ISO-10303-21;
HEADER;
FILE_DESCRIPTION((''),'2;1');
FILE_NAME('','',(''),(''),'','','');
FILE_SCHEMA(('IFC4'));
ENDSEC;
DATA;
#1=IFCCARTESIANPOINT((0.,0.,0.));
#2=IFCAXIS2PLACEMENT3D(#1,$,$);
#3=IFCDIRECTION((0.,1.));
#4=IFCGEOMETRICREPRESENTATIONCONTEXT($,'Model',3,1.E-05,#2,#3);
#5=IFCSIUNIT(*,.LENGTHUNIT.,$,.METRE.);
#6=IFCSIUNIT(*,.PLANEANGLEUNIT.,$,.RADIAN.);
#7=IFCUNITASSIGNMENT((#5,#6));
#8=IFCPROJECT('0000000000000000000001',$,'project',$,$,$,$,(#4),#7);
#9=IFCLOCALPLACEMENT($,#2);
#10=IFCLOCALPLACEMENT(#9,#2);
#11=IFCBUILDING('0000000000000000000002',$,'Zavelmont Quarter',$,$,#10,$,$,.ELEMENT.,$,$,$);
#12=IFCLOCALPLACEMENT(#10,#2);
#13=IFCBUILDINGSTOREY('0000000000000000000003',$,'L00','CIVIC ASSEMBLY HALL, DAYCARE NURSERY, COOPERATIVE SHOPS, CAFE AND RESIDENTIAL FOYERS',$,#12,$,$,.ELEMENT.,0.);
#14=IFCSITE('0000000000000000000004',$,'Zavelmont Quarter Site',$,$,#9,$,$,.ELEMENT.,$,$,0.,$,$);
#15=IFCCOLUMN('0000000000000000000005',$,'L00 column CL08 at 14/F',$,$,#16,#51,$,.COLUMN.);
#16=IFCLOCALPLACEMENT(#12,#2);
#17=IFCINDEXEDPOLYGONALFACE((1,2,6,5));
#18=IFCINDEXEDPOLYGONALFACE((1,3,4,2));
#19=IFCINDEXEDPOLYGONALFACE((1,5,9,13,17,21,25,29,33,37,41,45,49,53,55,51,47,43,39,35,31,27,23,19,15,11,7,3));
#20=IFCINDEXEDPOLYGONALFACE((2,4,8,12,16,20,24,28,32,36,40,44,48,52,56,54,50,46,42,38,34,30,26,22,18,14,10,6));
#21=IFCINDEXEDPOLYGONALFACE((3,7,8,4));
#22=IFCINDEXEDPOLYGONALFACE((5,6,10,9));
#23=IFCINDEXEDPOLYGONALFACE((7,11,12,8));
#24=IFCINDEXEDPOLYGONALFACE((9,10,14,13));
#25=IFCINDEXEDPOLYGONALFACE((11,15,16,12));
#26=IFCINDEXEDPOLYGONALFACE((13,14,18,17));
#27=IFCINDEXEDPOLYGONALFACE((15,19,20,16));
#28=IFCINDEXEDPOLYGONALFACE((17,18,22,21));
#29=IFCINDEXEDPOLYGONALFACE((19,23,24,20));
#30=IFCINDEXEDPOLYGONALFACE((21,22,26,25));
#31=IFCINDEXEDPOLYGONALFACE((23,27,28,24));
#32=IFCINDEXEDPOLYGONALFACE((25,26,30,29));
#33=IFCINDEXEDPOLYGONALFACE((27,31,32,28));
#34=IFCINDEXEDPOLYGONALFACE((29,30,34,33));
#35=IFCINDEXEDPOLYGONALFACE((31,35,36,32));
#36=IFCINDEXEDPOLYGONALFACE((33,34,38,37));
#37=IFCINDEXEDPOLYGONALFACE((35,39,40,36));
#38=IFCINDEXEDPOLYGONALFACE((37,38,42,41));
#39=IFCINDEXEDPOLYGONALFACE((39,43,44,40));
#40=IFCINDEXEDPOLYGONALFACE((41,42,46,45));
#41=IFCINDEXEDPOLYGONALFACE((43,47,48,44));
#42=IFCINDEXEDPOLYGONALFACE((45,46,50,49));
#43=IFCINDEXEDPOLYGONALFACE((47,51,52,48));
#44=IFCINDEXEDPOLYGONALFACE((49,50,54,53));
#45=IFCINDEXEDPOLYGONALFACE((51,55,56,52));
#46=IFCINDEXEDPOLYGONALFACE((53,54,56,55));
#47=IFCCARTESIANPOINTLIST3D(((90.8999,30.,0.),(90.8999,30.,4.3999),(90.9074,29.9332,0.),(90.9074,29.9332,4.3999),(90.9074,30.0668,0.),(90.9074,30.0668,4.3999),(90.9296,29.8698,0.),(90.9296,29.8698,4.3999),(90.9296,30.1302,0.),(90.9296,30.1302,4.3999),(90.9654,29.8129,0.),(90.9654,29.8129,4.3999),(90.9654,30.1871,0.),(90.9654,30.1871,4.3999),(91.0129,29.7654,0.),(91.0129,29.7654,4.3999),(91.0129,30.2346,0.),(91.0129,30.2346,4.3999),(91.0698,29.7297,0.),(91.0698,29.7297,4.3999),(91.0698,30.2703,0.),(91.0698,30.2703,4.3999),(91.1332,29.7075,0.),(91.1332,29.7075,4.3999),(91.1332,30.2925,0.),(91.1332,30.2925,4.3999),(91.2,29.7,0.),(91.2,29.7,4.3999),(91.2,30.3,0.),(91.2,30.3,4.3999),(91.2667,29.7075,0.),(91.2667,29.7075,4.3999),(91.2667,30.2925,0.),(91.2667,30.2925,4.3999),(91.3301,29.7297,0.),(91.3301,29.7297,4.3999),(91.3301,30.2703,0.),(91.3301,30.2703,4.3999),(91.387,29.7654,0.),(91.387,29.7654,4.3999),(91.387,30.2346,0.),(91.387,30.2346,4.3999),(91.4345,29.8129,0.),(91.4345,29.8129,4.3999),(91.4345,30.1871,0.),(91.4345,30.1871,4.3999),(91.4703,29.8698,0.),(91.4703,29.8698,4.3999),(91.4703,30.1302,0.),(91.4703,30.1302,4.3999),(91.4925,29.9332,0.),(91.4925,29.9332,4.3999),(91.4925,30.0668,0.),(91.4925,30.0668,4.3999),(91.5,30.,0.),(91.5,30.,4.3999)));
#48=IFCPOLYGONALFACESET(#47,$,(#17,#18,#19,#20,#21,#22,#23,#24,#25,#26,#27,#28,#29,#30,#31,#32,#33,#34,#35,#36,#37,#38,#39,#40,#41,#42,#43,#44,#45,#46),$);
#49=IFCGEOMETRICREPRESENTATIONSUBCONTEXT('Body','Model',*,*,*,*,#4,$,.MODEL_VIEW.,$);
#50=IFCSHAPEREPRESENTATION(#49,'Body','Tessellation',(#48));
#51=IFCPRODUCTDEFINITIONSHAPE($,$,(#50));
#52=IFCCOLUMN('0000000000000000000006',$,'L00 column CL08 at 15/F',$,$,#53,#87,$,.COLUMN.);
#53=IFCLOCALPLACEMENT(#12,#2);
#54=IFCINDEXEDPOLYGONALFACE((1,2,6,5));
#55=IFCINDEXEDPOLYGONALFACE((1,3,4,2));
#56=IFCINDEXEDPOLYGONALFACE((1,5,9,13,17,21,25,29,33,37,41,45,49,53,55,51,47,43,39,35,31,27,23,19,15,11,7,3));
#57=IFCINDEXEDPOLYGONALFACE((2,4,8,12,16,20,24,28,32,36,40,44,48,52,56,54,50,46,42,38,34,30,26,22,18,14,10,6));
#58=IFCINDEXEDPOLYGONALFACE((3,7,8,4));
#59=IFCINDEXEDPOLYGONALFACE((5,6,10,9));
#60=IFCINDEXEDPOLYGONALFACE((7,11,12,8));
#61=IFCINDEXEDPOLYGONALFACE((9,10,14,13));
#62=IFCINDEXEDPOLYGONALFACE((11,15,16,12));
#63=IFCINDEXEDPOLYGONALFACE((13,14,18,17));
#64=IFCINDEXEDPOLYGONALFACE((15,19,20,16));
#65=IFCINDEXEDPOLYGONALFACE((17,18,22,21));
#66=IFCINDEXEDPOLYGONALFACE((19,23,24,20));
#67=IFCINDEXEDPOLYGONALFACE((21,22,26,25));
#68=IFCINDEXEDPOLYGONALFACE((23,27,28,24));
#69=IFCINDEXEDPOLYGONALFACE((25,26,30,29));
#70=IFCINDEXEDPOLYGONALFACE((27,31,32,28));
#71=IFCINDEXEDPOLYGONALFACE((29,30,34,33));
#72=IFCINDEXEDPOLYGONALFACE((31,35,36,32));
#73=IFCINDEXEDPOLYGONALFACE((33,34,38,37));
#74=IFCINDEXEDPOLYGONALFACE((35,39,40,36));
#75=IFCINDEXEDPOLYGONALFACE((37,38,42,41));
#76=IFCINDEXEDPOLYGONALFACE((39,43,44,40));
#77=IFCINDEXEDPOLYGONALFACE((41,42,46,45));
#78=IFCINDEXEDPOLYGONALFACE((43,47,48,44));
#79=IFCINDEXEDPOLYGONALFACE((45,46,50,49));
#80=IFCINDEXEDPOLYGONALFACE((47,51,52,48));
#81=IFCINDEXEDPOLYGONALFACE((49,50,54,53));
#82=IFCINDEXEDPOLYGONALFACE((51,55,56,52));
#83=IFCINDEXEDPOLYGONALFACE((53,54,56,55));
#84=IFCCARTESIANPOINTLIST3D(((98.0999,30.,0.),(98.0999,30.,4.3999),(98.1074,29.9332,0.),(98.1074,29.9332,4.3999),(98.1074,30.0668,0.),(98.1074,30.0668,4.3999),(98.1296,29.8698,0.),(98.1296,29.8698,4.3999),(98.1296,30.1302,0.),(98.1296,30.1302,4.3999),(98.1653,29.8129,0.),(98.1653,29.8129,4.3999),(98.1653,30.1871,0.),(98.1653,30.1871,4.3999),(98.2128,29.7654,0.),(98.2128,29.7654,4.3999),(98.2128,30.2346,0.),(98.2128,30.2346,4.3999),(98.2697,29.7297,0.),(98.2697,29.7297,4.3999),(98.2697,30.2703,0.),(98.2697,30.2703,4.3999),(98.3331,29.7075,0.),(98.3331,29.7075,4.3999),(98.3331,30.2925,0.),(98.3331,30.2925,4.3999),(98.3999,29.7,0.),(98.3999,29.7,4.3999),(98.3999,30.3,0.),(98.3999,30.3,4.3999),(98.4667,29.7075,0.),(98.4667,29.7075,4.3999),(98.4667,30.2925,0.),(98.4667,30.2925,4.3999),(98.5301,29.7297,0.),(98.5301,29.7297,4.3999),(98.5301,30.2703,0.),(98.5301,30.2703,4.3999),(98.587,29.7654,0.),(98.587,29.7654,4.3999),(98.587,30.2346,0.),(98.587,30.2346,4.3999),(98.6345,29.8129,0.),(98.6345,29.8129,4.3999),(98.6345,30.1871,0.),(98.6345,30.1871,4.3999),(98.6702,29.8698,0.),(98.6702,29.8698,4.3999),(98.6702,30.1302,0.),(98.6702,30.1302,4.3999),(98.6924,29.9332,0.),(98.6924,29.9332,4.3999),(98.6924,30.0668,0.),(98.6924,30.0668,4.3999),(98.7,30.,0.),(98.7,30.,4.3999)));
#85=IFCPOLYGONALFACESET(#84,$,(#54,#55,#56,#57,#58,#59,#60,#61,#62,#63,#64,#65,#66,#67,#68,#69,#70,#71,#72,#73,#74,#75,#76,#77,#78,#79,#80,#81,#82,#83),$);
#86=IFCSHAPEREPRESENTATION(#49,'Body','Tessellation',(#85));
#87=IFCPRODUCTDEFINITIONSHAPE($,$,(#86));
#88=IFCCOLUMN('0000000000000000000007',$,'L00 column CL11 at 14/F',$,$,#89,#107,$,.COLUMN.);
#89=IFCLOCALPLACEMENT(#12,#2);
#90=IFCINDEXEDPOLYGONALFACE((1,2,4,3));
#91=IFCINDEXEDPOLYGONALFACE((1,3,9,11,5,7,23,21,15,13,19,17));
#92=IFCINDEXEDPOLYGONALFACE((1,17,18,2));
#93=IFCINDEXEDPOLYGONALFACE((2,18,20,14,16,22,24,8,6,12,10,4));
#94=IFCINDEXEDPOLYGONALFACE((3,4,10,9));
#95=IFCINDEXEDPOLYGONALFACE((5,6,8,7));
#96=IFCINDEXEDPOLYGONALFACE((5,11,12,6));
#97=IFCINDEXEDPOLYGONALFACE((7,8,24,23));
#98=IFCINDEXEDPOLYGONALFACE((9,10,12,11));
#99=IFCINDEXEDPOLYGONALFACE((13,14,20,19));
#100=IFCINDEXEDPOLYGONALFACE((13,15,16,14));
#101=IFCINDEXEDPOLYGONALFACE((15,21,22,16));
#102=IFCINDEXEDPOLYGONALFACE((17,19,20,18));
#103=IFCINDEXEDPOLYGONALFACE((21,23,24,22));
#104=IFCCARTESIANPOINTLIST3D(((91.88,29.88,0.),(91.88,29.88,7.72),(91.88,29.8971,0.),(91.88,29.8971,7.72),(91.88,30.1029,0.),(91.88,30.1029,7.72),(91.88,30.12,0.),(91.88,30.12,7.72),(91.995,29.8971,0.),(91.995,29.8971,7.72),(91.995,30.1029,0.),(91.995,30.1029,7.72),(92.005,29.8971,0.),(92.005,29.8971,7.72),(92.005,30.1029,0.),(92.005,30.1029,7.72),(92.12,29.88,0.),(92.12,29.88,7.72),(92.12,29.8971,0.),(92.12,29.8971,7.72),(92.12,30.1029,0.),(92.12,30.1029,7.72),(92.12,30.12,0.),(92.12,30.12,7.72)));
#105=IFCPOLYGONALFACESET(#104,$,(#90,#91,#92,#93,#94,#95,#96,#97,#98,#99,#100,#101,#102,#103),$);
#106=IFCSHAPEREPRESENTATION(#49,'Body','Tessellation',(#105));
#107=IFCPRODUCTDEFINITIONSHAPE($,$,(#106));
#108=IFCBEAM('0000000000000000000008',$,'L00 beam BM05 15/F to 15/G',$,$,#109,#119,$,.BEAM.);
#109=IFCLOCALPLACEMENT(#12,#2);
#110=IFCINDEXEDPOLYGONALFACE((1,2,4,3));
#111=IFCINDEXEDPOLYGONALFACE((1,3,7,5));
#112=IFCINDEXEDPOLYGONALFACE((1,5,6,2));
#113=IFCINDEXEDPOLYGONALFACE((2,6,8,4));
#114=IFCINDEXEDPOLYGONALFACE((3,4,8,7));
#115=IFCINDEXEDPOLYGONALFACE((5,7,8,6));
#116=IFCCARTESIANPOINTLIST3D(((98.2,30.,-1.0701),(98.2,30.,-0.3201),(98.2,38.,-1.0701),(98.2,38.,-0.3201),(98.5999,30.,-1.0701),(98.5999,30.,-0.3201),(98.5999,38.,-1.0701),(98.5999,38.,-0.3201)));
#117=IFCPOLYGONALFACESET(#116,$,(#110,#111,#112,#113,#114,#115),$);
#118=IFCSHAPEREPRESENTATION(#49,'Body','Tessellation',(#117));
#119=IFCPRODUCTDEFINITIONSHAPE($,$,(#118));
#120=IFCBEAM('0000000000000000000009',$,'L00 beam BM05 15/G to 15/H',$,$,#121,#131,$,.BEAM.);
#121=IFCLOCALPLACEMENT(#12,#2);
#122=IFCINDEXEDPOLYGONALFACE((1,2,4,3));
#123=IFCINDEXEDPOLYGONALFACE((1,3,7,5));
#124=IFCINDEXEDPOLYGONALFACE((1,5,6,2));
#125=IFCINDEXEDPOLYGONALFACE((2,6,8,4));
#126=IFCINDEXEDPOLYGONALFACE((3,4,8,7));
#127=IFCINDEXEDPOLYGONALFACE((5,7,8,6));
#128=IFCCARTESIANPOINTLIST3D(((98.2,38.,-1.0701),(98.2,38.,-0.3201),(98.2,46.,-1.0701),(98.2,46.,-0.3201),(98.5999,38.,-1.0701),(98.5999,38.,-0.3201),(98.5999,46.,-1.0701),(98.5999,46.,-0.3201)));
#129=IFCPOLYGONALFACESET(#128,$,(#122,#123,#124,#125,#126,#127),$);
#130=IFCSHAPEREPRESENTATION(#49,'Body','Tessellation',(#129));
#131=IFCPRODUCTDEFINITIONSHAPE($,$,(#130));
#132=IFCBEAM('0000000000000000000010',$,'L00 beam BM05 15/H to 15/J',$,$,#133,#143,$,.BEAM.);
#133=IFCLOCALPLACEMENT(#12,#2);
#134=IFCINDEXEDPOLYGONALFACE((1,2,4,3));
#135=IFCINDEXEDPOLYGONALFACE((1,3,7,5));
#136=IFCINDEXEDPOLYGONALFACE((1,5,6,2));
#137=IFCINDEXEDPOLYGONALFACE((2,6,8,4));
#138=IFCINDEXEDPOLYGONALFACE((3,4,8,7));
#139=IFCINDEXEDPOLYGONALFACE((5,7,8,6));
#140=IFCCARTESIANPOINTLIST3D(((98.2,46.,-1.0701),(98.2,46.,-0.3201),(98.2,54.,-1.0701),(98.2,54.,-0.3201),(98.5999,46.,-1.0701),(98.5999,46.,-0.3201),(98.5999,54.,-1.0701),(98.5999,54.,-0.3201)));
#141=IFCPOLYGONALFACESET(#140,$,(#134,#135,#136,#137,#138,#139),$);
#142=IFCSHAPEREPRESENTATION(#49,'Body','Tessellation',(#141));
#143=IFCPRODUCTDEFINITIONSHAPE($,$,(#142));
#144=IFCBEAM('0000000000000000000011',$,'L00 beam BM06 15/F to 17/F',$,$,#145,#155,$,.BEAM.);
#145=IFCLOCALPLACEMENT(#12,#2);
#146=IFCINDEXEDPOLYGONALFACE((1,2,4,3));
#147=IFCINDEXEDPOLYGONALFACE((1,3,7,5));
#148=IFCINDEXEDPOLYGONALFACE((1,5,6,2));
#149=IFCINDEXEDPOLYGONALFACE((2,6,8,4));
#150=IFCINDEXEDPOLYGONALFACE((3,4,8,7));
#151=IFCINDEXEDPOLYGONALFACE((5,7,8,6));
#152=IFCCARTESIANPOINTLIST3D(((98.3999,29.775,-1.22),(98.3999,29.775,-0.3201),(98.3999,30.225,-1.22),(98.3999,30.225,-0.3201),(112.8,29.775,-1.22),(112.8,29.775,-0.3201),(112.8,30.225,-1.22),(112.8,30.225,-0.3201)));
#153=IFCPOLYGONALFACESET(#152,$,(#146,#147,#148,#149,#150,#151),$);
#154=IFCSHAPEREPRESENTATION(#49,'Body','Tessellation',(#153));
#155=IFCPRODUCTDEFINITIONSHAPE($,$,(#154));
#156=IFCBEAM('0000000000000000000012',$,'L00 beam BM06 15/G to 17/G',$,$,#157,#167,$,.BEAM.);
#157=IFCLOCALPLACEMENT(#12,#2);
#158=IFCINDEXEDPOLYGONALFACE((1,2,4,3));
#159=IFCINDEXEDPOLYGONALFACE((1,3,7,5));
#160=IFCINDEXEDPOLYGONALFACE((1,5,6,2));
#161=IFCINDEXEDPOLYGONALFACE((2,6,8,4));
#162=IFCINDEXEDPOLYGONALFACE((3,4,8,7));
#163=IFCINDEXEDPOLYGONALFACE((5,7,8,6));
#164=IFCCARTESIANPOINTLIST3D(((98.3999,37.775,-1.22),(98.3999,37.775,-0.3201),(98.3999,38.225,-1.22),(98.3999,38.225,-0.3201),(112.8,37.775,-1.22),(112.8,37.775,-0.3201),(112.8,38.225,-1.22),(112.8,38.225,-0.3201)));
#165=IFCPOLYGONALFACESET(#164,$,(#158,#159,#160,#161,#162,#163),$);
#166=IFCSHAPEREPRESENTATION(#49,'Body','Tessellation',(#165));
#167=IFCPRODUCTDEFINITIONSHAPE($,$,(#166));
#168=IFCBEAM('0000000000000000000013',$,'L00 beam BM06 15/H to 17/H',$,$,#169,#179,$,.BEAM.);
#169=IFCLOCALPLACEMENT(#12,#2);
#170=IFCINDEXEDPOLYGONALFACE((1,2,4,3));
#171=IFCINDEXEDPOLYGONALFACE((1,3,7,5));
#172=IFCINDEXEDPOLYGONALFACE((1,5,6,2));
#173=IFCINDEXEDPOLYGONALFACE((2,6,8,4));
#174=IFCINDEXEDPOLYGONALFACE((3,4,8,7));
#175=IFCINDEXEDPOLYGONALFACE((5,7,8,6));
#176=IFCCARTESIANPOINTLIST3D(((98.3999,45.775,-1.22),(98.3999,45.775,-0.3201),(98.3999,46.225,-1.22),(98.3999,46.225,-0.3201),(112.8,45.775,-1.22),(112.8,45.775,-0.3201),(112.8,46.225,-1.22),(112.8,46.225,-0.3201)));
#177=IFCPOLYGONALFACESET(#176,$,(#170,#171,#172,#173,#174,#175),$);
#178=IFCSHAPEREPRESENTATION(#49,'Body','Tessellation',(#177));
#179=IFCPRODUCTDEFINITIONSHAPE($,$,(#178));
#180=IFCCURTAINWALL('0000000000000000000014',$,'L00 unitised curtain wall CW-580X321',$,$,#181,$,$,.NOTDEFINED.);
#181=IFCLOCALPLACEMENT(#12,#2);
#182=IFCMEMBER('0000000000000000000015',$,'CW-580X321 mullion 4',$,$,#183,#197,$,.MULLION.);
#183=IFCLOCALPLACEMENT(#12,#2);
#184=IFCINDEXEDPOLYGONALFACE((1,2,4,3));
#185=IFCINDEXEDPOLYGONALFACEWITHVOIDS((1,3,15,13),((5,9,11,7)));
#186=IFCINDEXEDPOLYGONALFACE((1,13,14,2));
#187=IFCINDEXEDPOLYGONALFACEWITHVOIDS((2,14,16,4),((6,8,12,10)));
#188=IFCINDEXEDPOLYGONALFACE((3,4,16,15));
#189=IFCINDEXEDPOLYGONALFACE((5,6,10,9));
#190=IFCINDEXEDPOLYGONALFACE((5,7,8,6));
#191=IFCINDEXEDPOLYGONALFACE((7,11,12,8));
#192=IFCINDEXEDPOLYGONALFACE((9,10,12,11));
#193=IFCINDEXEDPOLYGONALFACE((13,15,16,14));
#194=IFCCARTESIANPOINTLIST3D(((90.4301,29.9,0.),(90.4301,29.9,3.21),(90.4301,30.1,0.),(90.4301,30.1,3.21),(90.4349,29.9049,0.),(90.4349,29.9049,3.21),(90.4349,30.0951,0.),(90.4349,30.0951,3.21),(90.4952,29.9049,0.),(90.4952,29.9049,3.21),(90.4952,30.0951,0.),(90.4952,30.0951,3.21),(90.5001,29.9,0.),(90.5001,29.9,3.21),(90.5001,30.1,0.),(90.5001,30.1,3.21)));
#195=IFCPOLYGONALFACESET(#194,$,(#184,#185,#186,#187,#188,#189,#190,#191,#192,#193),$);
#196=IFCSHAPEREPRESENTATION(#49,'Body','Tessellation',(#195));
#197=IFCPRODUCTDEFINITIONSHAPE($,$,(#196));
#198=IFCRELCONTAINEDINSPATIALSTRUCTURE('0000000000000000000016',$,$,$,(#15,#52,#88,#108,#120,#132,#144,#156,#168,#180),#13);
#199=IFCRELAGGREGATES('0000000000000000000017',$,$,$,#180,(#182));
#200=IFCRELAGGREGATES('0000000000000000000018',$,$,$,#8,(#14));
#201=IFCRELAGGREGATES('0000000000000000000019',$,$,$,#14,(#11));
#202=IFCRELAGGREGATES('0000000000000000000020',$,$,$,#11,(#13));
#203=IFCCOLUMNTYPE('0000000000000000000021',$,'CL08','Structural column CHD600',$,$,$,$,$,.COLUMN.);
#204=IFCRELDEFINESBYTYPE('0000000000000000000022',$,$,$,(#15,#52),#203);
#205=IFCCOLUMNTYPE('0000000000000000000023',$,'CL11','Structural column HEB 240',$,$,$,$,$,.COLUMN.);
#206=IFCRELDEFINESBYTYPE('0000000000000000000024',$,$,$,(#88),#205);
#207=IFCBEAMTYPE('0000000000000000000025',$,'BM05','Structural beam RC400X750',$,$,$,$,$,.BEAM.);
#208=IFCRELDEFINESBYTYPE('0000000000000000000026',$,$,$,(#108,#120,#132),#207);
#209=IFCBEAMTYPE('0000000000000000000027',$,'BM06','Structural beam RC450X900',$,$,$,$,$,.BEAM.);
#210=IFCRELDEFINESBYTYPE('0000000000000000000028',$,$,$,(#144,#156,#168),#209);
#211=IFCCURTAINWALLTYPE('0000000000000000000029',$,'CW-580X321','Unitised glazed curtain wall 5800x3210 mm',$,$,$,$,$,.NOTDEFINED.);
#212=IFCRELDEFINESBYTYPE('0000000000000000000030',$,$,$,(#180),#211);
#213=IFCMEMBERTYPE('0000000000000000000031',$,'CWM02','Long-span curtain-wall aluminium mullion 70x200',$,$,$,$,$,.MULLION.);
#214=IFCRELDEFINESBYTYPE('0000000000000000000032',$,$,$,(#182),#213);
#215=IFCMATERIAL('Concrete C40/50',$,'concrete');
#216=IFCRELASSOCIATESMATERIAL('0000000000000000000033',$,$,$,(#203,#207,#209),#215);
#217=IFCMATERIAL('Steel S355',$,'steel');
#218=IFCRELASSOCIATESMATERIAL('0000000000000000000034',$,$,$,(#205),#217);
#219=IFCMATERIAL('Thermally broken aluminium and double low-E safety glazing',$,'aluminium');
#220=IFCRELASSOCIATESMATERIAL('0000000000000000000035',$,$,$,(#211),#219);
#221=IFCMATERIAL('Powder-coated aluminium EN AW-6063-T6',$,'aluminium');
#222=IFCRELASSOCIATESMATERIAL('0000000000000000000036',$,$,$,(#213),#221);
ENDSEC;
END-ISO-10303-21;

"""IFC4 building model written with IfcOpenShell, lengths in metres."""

from ifc_helpers import new_model, si_unit, direction, frame, origin, origin_2d, place, context, subcontext, project, spatial, rectangle, hollow_rectangle, circle, i_section, extrude, material, material_profile, profile_set, type_object, element, aggregate, save


model = new_model("IFC4")

# Units and contexts
model_context = context("Model", 3, precision=1e-05, world=origin(), true_north=direction((0.0, 1.0)))
body_context = subcontext(model_context, "Body", "Model", "MODEL_VIEW")
ifc_project = project(units=[si_unit("LENGTHUNIT", "METRE"), si_unit("PLANEANGLEUNIT", "RADIAN")], contexts=[model_context])

# Site, building, storey
site_placement = place(None, origin())
site = spatial("IfcSite", under=ifc_project, at=site_placement, Name="Zavelmont Quarter Site", CompositionType="ELEMENT", RefElevation=0.0)
building_placement = place(site_placement, origin())
building = spatial("IfcBuilding", under=site, at=building_placement, Name="Zavelmont Quarter", CompositionType="ELEMENT")
storey_placement = place(building_placement, origin())
storey = spatial("IfcBuildingStorey", under=building, at=storey_placement, Name="L00", Description="CIVIC ASSEMBLY HALL, DAYCARE NURSERY, COOPERATIVE SHOPS, CAFE AND RESIDENTIAL FOYERS", CompositionType="ELEMENT", Elevation=0.0)

# Columns
ifc_material_1 = material(Name="Concrete C40/50", Category="concrete")
ifc_material_profile_1 = material_profile(ifc_material_1, circle(Radius=0.3, at=origin_2d()), Name="CHD600")
ifc_profile_set_1 = profile_set([ifc_material_profile_1], Name="Concrete C40/50")
column_type_1 = type_object("IfcColumnType", Name="CL08", Description="Structural column CHD600", PredefinedType="COLUMN", material=ifc_profile_set_1)
for number, where, z_axis, x_axis, name in (
    (1, (91.2, 30.0, 0.0), (0.0, 0.0, 1.0), (1.0, 0.0, 0.0), "L00 column CL08 at 14/F"),
    (2, (98.3999, 30.0, 0.0), (0.0, 0.0, 1.0), (1.0, 0.0, 0.0), "L00 column CL08 at 15/F"),
):
    element("IfcColumn", number, at=place(storey_placement, frame(where, z_axis=z_axis, x_axis=x_axis)), inside=storey, type_object=column_type_1, Name=name, PredefinedType="COLUMN", context=body_context, shape_type="SweptSolid", body=[
        extrude(circle(Radius=0.3, at=origin_2d()), origin(), (0.0, 0.0, 1.0), 4.3999),
    ])
ifc_material_2 = material(Name="Steel S355", Category="steel")
ifc_material_profile_2 = material_profile(ifc_material_2, i_section(OverallWidth=0.24, OverallDepth=0.24, WebThickness=0.01, FlangeThickness=0.0171, at=origin_2d()), Name="HEB 240")
ifc_profile_set_2 = profile_set([ifc_material_profile_2], Name="Steel S355")
column_type_2 = type_object("IfcColumnType", Name="CL11", Description="Structural column HEB 240", PredefinedType="COLUMN", material=ifc_profile_set_2)
column_placement = place(storey_placement, frame((92.0, 30.0, 0.0), z_axis=(0.0, 0.0, 1.0), x_axis=(1.0, 0.0, 0.0)))
element("IfcColumn", 3, at=column_placement, inside=storey, type_object=column_type_2, Name="L00 column CL11 at 14/F", PredefinedType="COLUMN", context=body_context, shape_type="SweptSolid", body=[
    extrude(i_section(OverallWidth=0.24, OverallDepth=0.24, WebThickness=0.01, FlangeThickness=0.0171, at=origin_2d()), origin(), (0.0, 0.0, 1.0), 7.72),
])

# Beams
ifc_material_profile_3 = material_profile(ifc_material_1, rectangle(XDim=0.3999, YDim=0.75, at=origin_2d()), Name="RC400X750")
ifc_profile_set_3 = profile_set([ifc_material_profile_3], Name="Concrete C40/50")
beam_type_1 = type_object("IfcBeamType", Name="BM05", Description="Structural beam RC400X750", PredefinedType="BEAM", material=ifc_profile_set_3)
for number, where, z_axis, x_axis, name in (
    (4, (98.3999, 30.0, -0.6951), (0.0, 1.0, 0.0), (-1.0, 0.0, 0.0), "L00 beam BM05 15/F to 15/G"),
    (5, (98.3999, 38.0, -0.6951), (0.0, 1.0, 0.0), (-1.0, 0.0, 0.0), "L00 beam BM05 15/G to 15/H"),
    (6, (98.3999, 46.0, -0.6951), (0.0, 1.0, 0.0), (-1.0, 0.0, 0.0), "L00 beam BM05 15/H to 15/J"),
):
    element("IfcBeam", number, at=place(storey_placement, frame(where, z_axis=z_axis, x_axis=x_axis)), inside=storey, type_object=beam_type_1, Name=name, PredefinedType="BEAM", context=body_context, shape_type="SweptSolid", body=[
        extrude(rectangle(XDim=0.3999, YDim=0.75, at=origin_2d()), origin(), (0.0, 0.0, 1.0), 8.0),
    ])
ifc_material_profile_4 = material_profile(ifc_material_1, rectangle(XDim=0.45, YDim=0.8999, at=origin_2d()), Name="RC450X900")
ifc_profile_set_4 = profile_set([ifc_material_profile_4], Name="Concrete C40/50")
beam_type_2 = type_object("IfcBeamType", Name="BM06", Description="Structural beam RC450X900", PredefinedType="BEAM", material=ifc_profile_set_4)
for number, where, z_axis, x_axis, name in (
    (7, (98.3999, 30.0, -0.77), (1.0, 0.0, 0.0), (0.0, 1.0, 0.0), "L00 beam BM06 15/F to 17/F"),
    (8, (98.3999, 38.0, -0.77), (1.0, 0.0, 0.0), (0.0, 1.0, 0.0), "L00 beam BM06 15/G to 17/G"),
    (9, (98.3999, 46.0, -0.77), (1.0, 0.0, 0.0), (0.0, 1.0, 0.0), "L00 beam BM06 15/H to 17/H"),
):
    element("IfcBeam", number, at=place(storey_placement, frame(where, z_axis=z_axis, x_axis=x_axis)), inside=storey, type_object=beam_type_2, Name=name, PredefinedType="BEAM", context=body_context, shape_type="SweptSolid", body=[
        extrude(rectangle(XDim=0.45, YDim=0.8999, at=origin_2d()), origin(), (0.0, 0.0, 1.0), 14.4001),
    ])

# Curtain wall, member
ifc_material_3 = material(Name="Thermally broken aluminium and double low-E safety glazing", Category="aluminium")
curtain_wall_type = type_object("IfcCurtainWallType", Name="CW-580X321", Description="Unitised glazed curtain wall 5800x3210 mm", PredefinedType="NOTDEFINED", material=ifc_material_3)
curtain_wall_1_placement = place(storey_placement, origin())
curtain_wall_1 = element("IfcCurtainWall", 10, at=curtain_wall_1_placement, inside=storey, type_object=curtain_wall_type, Name="L00 unitised curtain wall CW-580X321", PredefinedType="NOTDEFINED")
ifc_material_4 = material(Name="Powder-coated aluminium EN AW-6063-T6", Category="aluminium")
ifc_material_profile_5 = material_profile(ifc_material_4, hollow_rectangle(XDim=0.0701, YDim=0.2, WallThickness=0.0049, at=origin_2d()), Name="CWM70X200")
ifc_profile_set_5 = profile_set([ifc_material_profile_5], Name="Powder-coated aluminium EN AW-6063-T6")
member_type_1 = type_object("IfcMemberType", Name="CWM02", Description="Long-span curtain-wall aluminium mullion 70x200", PredefinedType="MULLION", material=ifc_profile_set_5)
member_1_placement = place(storey_placement, frame((90.4651, 30.0, 0.0), z_axis=(0.0, 0.0, 1.0), x_axis=(1.0, 0.0, 0.0)))
member_1 = element("IfcMember", 11, at=member_1_placement, type_object=member_type_1, Name="CW-580X321 mullion 4", PredefinedType="MULLION", context=body_context, shape_type="SweptSolid", body=[
    extrude(hollow_rectangle(XDim=0.0701, YDim=0.2, WallThickness=0.0049, at=origin_2d()), origin(), (0.0, 0.0, 1.0), 3.21),
])
aggregate(curtain_wall_1, [member_1])

save(model, "model.ifc")
